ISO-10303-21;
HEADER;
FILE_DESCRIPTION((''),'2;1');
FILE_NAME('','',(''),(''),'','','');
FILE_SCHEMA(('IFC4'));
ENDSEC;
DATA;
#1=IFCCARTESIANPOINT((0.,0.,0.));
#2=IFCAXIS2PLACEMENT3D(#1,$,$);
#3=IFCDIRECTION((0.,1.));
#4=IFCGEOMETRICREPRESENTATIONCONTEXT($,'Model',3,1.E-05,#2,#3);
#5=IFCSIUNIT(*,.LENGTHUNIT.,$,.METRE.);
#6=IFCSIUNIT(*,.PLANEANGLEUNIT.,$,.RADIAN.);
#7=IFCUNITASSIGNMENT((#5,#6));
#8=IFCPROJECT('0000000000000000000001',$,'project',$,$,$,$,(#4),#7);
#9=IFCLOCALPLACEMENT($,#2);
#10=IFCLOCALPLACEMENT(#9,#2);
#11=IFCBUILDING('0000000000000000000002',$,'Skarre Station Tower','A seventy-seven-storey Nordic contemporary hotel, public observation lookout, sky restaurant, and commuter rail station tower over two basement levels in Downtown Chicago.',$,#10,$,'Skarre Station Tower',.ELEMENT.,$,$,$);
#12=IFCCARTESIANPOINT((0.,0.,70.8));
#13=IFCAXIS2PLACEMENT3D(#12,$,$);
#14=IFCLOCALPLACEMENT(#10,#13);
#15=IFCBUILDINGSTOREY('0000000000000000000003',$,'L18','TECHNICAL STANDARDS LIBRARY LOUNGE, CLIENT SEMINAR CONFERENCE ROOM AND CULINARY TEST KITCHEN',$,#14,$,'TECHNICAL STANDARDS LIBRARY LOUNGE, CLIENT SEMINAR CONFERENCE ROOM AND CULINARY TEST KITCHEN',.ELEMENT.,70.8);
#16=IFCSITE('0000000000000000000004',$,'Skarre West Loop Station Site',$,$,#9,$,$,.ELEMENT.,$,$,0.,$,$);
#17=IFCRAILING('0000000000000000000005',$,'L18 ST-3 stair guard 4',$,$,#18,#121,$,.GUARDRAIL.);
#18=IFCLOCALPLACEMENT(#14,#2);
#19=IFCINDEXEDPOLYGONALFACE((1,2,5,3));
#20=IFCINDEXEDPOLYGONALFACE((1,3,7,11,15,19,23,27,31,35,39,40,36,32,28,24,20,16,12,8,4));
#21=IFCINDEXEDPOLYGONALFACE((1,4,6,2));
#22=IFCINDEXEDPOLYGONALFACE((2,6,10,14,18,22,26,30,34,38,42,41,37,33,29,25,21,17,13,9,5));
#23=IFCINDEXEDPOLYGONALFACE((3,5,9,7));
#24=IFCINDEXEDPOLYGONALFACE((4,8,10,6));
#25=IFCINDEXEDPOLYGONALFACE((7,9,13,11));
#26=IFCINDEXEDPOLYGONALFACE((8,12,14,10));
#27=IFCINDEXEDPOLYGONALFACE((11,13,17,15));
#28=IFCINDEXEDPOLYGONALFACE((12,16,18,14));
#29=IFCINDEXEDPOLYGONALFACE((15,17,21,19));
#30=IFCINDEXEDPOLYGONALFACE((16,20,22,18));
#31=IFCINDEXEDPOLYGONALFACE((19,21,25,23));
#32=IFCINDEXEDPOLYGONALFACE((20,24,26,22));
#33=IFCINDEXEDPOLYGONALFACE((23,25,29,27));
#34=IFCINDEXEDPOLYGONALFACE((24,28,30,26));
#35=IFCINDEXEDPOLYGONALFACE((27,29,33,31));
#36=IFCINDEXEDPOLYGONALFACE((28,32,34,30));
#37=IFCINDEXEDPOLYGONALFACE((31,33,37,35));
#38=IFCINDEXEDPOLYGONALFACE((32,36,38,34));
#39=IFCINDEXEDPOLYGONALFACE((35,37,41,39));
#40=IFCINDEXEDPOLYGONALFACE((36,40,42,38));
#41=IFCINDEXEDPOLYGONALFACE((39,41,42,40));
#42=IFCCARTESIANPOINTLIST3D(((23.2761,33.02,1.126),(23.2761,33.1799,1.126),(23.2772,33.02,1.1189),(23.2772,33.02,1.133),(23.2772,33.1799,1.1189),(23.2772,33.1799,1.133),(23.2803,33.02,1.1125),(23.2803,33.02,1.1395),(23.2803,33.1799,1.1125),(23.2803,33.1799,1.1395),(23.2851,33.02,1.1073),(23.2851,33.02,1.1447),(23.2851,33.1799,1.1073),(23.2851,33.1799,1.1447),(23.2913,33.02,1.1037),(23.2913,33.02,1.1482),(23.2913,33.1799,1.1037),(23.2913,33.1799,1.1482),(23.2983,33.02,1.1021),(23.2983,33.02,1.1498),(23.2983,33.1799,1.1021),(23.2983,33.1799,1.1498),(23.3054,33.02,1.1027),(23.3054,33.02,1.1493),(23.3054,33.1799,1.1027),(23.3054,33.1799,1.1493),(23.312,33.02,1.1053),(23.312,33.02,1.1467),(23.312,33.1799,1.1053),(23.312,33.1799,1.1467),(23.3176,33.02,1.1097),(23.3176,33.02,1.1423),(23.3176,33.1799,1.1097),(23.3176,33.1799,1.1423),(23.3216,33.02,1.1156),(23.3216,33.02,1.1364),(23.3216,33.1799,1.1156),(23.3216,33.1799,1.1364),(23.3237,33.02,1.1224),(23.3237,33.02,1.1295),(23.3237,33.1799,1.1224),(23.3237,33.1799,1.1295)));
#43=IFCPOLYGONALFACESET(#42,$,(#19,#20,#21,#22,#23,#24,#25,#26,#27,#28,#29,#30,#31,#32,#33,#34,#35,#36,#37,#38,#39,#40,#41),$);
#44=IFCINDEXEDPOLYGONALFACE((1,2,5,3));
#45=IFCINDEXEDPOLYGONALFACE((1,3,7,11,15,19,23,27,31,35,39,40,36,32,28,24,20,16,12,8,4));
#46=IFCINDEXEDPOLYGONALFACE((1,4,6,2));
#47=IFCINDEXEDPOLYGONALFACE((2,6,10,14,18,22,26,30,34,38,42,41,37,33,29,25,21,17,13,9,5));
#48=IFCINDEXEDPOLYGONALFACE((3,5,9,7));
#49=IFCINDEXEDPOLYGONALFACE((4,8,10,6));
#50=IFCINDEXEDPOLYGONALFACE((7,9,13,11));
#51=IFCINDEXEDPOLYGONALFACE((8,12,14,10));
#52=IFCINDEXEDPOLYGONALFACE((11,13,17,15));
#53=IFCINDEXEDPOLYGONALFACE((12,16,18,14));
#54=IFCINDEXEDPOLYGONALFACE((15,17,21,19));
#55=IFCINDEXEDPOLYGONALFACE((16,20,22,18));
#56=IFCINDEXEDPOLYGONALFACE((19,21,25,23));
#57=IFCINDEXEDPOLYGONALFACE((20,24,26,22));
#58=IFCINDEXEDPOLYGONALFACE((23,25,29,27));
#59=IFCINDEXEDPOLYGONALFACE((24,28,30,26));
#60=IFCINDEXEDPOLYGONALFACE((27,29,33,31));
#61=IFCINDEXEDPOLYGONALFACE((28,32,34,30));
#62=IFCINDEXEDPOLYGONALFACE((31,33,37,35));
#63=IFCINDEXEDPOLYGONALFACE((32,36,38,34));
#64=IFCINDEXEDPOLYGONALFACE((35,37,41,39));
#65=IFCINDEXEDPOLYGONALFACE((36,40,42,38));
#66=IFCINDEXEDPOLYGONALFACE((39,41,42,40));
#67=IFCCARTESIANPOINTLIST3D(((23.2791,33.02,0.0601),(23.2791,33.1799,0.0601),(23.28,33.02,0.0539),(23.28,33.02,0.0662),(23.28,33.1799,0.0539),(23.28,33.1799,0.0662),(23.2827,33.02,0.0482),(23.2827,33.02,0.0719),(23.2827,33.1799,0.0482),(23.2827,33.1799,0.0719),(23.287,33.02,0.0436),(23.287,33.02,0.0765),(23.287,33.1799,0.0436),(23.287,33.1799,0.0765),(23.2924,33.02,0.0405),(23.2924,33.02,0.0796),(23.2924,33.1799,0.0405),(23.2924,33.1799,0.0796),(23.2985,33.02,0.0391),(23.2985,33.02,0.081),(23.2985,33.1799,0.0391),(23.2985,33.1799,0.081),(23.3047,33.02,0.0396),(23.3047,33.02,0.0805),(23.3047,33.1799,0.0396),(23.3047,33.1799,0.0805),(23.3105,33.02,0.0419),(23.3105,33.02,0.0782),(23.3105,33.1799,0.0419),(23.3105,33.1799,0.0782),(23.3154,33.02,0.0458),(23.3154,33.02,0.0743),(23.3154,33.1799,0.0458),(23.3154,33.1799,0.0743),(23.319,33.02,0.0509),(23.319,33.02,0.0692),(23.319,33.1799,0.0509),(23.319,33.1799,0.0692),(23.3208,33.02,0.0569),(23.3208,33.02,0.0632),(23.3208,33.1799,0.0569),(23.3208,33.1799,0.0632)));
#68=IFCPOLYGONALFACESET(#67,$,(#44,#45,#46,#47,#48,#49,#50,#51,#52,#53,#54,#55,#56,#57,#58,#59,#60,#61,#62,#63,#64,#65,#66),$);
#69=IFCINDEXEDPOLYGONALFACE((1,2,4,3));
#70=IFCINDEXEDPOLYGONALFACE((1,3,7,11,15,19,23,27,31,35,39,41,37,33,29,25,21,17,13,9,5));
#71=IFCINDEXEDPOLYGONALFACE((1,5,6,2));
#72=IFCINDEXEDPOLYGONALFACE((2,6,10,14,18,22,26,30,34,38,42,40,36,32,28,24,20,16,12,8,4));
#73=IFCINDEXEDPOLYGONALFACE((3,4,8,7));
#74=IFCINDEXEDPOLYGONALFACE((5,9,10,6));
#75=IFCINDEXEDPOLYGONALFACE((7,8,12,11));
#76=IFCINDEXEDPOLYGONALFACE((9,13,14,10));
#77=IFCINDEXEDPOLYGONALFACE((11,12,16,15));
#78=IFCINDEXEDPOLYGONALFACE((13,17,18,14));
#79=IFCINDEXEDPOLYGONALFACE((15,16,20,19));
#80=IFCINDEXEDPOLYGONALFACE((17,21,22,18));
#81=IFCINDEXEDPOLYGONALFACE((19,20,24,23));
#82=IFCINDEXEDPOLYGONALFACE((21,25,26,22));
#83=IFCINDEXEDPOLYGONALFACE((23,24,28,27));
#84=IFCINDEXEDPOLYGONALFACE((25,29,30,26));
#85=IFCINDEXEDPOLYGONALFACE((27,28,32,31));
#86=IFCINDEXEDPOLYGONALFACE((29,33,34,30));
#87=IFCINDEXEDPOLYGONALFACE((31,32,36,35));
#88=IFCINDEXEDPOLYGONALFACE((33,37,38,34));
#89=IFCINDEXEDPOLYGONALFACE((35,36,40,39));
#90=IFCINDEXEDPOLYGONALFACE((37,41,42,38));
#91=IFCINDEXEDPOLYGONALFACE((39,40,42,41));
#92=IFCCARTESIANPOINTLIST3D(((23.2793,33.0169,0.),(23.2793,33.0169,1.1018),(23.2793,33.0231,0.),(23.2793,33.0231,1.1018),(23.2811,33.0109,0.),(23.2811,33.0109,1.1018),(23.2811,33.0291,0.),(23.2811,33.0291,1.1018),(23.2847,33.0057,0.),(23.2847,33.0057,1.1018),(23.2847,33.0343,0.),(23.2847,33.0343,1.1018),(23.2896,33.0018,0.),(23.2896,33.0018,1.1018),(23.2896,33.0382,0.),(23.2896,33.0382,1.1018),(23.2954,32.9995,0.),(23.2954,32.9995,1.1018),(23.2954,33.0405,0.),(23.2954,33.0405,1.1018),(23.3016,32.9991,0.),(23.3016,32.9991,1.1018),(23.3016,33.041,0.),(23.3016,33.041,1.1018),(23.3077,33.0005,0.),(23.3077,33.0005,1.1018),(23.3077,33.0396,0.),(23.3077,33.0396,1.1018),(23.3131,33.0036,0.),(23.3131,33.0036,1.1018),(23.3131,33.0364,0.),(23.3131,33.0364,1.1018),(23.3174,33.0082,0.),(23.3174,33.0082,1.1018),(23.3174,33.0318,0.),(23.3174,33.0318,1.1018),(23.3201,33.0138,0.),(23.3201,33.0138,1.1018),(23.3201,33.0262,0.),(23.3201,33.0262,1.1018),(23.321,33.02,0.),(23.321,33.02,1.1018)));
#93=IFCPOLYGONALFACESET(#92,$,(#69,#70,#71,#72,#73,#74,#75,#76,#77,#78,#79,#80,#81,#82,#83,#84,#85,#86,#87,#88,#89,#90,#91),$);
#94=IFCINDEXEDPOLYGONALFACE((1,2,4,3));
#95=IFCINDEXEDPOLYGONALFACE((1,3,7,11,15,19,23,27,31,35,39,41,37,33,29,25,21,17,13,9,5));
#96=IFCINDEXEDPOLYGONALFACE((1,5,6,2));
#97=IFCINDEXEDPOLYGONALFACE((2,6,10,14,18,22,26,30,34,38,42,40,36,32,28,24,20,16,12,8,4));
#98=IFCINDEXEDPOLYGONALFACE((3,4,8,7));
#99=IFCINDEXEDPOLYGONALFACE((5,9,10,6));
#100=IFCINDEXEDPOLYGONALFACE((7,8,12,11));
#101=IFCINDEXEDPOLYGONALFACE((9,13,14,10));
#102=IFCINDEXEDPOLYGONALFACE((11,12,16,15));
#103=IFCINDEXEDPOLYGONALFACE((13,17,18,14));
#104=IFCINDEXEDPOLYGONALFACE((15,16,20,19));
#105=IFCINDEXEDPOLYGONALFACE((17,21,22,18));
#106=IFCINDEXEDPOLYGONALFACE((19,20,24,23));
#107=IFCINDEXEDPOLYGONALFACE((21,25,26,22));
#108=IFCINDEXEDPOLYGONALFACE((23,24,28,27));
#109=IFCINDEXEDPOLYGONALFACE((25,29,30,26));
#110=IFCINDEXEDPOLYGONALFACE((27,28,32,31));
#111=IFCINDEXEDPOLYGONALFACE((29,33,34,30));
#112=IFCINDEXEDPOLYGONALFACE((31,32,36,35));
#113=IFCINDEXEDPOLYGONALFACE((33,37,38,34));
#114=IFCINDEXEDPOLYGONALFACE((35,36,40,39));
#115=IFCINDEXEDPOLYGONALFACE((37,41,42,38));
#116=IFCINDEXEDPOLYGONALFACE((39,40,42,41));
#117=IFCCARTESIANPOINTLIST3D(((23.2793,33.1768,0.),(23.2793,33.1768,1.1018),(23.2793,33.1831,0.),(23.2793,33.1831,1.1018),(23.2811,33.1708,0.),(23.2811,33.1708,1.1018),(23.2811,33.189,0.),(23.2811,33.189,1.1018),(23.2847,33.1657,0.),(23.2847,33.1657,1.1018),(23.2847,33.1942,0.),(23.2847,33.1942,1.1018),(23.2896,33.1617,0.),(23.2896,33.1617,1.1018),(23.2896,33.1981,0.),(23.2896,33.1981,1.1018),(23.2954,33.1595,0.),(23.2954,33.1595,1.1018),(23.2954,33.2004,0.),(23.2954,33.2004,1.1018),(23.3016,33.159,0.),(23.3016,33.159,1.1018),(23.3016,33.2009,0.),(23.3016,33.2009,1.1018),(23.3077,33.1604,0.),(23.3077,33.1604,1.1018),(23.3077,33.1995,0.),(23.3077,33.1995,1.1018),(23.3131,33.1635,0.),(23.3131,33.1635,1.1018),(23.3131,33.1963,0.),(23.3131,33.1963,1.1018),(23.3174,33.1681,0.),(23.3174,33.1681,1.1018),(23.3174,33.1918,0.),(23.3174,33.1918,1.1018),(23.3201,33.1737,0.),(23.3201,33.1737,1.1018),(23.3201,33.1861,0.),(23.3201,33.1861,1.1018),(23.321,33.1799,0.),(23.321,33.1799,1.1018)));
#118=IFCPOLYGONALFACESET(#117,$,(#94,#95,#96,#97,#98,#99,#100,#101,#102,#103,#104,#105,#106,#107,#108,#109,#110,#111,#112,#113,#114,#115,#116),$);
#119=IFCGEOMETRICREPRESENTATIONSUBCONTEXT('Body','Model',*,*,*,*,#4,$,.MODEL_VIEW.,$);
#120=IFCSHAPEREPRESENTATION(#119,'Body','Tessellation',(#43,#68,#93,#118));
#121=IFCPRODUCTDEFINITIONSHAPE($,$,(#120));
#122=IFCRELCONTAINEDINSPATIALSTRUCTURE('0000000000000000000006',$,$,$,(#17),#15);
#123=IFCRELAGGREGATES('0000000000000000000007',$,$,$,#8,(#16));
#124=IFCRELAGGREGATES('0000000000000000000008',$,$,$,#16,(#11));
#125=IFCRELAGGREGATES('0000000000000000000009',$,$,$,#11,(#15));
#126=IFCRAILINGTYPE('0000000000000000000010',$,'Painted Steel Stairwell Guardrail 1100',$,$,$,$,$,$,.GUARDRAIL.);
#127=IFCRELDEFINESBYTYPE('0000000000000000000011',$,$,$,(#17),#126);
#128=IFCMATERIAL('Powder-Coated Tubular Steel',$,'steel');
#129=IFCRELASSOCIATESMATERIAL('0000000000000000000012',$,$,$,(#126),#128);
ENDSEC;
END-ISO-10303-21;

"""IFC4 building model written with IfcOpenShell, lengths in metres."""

from ifc_helpers import new_model, si_unit, direction, frame, origin, origin_2d, place, context, subcontext, project, spatial, circle, extrude, material, type_object, element, save


model = new_model("IFC4")

# Units and contexts
model_context = context("Model", 3, precision=1e-05, world=origin(), true_north=direction((0.0, 1.0)))
body_context = subcontext(model_context, "Body", "Model", "MODEL_VIEW")
ifc_project = project(units=[si_unit("LENGTHUNIT", "METRE"), si_unit("PLANEANGLEUNIT", "RADIAN")], contexts=[model_context])

# Site, building, storey
site_placement = place(None, origin())
site = spatial("IfcSite", under=ifc_project, at=site_placement, Name="Skarre West Loop Station Site", CompositionType="ELEMENT", RefElevation=0.0)
building_placement = place(site_placement, origin())
building = spatial("IfcBuilding", under=site, at=building_placement, Name="Skarre Station Tower", Description="A seventy-seven-storey Nordic contemporary hotel, public observation lookout, sky restaurant, and commuter rail station tower over two basement levels in Downtown Chicago.", LongName="Skarre Station Tower", CompositionType="ELEMENT")
storey_placement = place(building_placement, frame((0.0, 0.0, 70.8)))
storey = spatial("IfcBuildingStorey", under=building, at=storey_placement, Name="L18", Description="TECHNICAL STANDARDS LIBRARY LOUNGE, CLIENT SEMINAR CONFERENCE ROOM AND CULINARY TEST KITCHEN", LongName="TECHNICAL STANDARDS LIBRARY LOUNGE, CLIENT SEMINAR CONFERENCE ROOM AND CULINARY TEST KITCHEN", CompositionType="ELEMENT", Elevation=70.8)

# Railing
ifc_material_1 = material(Name="Powder-Coated Tubular Steel", Category="steel")
railing_type_1 = type_object("IfcRailingType", Name="Painted Steel Stairwell Guardrail 1100", PredefinedType="GUARDRAIL", material=ifc_material_1)
railing_1_placement = place(storey_placement, frame((23.3, 33.02, 0.0)))
element("IfcRailing", 1, at=railing_1_placement, inside=storey, type_object=railing_type_1, Name="L18 ST-3 stair guard 4", PredefinedType="GUARDRAIL", context=body_context, shape_type="SweptSolid", body=[
    extrude(circle(Radius=0.0239, at=origin_2d()), frame((0.0, 0.0, 1.126), z_axis=(0.0, 1.0, 0.0), x_axis=(-1.0, 0.0, 0.0)), (0.0, 0.0, 1.0), 0.1599),
    extrude(circle(Radius=0.021, at=origin_2d()), frame((0.0, 0.0, 0.0601), z_axis=(0.0, 1.0, 0.0), x_axis=(-1.0, 0.0, 0.0)), (0.0, 0.0, 1.0), 0.1599),
    extrude(circle(Radius=0.021, at=origin_2d()), origin(), (0.0, 0.0, 1.0), 1.1018),
    extrude(circle(Radius=0.021, at=origin_2d()), frame((0.0, 0.1599, 0.0)), (0.0, 0.0, 1.0), 1.1018),
])

save(model, "model.ifc")
